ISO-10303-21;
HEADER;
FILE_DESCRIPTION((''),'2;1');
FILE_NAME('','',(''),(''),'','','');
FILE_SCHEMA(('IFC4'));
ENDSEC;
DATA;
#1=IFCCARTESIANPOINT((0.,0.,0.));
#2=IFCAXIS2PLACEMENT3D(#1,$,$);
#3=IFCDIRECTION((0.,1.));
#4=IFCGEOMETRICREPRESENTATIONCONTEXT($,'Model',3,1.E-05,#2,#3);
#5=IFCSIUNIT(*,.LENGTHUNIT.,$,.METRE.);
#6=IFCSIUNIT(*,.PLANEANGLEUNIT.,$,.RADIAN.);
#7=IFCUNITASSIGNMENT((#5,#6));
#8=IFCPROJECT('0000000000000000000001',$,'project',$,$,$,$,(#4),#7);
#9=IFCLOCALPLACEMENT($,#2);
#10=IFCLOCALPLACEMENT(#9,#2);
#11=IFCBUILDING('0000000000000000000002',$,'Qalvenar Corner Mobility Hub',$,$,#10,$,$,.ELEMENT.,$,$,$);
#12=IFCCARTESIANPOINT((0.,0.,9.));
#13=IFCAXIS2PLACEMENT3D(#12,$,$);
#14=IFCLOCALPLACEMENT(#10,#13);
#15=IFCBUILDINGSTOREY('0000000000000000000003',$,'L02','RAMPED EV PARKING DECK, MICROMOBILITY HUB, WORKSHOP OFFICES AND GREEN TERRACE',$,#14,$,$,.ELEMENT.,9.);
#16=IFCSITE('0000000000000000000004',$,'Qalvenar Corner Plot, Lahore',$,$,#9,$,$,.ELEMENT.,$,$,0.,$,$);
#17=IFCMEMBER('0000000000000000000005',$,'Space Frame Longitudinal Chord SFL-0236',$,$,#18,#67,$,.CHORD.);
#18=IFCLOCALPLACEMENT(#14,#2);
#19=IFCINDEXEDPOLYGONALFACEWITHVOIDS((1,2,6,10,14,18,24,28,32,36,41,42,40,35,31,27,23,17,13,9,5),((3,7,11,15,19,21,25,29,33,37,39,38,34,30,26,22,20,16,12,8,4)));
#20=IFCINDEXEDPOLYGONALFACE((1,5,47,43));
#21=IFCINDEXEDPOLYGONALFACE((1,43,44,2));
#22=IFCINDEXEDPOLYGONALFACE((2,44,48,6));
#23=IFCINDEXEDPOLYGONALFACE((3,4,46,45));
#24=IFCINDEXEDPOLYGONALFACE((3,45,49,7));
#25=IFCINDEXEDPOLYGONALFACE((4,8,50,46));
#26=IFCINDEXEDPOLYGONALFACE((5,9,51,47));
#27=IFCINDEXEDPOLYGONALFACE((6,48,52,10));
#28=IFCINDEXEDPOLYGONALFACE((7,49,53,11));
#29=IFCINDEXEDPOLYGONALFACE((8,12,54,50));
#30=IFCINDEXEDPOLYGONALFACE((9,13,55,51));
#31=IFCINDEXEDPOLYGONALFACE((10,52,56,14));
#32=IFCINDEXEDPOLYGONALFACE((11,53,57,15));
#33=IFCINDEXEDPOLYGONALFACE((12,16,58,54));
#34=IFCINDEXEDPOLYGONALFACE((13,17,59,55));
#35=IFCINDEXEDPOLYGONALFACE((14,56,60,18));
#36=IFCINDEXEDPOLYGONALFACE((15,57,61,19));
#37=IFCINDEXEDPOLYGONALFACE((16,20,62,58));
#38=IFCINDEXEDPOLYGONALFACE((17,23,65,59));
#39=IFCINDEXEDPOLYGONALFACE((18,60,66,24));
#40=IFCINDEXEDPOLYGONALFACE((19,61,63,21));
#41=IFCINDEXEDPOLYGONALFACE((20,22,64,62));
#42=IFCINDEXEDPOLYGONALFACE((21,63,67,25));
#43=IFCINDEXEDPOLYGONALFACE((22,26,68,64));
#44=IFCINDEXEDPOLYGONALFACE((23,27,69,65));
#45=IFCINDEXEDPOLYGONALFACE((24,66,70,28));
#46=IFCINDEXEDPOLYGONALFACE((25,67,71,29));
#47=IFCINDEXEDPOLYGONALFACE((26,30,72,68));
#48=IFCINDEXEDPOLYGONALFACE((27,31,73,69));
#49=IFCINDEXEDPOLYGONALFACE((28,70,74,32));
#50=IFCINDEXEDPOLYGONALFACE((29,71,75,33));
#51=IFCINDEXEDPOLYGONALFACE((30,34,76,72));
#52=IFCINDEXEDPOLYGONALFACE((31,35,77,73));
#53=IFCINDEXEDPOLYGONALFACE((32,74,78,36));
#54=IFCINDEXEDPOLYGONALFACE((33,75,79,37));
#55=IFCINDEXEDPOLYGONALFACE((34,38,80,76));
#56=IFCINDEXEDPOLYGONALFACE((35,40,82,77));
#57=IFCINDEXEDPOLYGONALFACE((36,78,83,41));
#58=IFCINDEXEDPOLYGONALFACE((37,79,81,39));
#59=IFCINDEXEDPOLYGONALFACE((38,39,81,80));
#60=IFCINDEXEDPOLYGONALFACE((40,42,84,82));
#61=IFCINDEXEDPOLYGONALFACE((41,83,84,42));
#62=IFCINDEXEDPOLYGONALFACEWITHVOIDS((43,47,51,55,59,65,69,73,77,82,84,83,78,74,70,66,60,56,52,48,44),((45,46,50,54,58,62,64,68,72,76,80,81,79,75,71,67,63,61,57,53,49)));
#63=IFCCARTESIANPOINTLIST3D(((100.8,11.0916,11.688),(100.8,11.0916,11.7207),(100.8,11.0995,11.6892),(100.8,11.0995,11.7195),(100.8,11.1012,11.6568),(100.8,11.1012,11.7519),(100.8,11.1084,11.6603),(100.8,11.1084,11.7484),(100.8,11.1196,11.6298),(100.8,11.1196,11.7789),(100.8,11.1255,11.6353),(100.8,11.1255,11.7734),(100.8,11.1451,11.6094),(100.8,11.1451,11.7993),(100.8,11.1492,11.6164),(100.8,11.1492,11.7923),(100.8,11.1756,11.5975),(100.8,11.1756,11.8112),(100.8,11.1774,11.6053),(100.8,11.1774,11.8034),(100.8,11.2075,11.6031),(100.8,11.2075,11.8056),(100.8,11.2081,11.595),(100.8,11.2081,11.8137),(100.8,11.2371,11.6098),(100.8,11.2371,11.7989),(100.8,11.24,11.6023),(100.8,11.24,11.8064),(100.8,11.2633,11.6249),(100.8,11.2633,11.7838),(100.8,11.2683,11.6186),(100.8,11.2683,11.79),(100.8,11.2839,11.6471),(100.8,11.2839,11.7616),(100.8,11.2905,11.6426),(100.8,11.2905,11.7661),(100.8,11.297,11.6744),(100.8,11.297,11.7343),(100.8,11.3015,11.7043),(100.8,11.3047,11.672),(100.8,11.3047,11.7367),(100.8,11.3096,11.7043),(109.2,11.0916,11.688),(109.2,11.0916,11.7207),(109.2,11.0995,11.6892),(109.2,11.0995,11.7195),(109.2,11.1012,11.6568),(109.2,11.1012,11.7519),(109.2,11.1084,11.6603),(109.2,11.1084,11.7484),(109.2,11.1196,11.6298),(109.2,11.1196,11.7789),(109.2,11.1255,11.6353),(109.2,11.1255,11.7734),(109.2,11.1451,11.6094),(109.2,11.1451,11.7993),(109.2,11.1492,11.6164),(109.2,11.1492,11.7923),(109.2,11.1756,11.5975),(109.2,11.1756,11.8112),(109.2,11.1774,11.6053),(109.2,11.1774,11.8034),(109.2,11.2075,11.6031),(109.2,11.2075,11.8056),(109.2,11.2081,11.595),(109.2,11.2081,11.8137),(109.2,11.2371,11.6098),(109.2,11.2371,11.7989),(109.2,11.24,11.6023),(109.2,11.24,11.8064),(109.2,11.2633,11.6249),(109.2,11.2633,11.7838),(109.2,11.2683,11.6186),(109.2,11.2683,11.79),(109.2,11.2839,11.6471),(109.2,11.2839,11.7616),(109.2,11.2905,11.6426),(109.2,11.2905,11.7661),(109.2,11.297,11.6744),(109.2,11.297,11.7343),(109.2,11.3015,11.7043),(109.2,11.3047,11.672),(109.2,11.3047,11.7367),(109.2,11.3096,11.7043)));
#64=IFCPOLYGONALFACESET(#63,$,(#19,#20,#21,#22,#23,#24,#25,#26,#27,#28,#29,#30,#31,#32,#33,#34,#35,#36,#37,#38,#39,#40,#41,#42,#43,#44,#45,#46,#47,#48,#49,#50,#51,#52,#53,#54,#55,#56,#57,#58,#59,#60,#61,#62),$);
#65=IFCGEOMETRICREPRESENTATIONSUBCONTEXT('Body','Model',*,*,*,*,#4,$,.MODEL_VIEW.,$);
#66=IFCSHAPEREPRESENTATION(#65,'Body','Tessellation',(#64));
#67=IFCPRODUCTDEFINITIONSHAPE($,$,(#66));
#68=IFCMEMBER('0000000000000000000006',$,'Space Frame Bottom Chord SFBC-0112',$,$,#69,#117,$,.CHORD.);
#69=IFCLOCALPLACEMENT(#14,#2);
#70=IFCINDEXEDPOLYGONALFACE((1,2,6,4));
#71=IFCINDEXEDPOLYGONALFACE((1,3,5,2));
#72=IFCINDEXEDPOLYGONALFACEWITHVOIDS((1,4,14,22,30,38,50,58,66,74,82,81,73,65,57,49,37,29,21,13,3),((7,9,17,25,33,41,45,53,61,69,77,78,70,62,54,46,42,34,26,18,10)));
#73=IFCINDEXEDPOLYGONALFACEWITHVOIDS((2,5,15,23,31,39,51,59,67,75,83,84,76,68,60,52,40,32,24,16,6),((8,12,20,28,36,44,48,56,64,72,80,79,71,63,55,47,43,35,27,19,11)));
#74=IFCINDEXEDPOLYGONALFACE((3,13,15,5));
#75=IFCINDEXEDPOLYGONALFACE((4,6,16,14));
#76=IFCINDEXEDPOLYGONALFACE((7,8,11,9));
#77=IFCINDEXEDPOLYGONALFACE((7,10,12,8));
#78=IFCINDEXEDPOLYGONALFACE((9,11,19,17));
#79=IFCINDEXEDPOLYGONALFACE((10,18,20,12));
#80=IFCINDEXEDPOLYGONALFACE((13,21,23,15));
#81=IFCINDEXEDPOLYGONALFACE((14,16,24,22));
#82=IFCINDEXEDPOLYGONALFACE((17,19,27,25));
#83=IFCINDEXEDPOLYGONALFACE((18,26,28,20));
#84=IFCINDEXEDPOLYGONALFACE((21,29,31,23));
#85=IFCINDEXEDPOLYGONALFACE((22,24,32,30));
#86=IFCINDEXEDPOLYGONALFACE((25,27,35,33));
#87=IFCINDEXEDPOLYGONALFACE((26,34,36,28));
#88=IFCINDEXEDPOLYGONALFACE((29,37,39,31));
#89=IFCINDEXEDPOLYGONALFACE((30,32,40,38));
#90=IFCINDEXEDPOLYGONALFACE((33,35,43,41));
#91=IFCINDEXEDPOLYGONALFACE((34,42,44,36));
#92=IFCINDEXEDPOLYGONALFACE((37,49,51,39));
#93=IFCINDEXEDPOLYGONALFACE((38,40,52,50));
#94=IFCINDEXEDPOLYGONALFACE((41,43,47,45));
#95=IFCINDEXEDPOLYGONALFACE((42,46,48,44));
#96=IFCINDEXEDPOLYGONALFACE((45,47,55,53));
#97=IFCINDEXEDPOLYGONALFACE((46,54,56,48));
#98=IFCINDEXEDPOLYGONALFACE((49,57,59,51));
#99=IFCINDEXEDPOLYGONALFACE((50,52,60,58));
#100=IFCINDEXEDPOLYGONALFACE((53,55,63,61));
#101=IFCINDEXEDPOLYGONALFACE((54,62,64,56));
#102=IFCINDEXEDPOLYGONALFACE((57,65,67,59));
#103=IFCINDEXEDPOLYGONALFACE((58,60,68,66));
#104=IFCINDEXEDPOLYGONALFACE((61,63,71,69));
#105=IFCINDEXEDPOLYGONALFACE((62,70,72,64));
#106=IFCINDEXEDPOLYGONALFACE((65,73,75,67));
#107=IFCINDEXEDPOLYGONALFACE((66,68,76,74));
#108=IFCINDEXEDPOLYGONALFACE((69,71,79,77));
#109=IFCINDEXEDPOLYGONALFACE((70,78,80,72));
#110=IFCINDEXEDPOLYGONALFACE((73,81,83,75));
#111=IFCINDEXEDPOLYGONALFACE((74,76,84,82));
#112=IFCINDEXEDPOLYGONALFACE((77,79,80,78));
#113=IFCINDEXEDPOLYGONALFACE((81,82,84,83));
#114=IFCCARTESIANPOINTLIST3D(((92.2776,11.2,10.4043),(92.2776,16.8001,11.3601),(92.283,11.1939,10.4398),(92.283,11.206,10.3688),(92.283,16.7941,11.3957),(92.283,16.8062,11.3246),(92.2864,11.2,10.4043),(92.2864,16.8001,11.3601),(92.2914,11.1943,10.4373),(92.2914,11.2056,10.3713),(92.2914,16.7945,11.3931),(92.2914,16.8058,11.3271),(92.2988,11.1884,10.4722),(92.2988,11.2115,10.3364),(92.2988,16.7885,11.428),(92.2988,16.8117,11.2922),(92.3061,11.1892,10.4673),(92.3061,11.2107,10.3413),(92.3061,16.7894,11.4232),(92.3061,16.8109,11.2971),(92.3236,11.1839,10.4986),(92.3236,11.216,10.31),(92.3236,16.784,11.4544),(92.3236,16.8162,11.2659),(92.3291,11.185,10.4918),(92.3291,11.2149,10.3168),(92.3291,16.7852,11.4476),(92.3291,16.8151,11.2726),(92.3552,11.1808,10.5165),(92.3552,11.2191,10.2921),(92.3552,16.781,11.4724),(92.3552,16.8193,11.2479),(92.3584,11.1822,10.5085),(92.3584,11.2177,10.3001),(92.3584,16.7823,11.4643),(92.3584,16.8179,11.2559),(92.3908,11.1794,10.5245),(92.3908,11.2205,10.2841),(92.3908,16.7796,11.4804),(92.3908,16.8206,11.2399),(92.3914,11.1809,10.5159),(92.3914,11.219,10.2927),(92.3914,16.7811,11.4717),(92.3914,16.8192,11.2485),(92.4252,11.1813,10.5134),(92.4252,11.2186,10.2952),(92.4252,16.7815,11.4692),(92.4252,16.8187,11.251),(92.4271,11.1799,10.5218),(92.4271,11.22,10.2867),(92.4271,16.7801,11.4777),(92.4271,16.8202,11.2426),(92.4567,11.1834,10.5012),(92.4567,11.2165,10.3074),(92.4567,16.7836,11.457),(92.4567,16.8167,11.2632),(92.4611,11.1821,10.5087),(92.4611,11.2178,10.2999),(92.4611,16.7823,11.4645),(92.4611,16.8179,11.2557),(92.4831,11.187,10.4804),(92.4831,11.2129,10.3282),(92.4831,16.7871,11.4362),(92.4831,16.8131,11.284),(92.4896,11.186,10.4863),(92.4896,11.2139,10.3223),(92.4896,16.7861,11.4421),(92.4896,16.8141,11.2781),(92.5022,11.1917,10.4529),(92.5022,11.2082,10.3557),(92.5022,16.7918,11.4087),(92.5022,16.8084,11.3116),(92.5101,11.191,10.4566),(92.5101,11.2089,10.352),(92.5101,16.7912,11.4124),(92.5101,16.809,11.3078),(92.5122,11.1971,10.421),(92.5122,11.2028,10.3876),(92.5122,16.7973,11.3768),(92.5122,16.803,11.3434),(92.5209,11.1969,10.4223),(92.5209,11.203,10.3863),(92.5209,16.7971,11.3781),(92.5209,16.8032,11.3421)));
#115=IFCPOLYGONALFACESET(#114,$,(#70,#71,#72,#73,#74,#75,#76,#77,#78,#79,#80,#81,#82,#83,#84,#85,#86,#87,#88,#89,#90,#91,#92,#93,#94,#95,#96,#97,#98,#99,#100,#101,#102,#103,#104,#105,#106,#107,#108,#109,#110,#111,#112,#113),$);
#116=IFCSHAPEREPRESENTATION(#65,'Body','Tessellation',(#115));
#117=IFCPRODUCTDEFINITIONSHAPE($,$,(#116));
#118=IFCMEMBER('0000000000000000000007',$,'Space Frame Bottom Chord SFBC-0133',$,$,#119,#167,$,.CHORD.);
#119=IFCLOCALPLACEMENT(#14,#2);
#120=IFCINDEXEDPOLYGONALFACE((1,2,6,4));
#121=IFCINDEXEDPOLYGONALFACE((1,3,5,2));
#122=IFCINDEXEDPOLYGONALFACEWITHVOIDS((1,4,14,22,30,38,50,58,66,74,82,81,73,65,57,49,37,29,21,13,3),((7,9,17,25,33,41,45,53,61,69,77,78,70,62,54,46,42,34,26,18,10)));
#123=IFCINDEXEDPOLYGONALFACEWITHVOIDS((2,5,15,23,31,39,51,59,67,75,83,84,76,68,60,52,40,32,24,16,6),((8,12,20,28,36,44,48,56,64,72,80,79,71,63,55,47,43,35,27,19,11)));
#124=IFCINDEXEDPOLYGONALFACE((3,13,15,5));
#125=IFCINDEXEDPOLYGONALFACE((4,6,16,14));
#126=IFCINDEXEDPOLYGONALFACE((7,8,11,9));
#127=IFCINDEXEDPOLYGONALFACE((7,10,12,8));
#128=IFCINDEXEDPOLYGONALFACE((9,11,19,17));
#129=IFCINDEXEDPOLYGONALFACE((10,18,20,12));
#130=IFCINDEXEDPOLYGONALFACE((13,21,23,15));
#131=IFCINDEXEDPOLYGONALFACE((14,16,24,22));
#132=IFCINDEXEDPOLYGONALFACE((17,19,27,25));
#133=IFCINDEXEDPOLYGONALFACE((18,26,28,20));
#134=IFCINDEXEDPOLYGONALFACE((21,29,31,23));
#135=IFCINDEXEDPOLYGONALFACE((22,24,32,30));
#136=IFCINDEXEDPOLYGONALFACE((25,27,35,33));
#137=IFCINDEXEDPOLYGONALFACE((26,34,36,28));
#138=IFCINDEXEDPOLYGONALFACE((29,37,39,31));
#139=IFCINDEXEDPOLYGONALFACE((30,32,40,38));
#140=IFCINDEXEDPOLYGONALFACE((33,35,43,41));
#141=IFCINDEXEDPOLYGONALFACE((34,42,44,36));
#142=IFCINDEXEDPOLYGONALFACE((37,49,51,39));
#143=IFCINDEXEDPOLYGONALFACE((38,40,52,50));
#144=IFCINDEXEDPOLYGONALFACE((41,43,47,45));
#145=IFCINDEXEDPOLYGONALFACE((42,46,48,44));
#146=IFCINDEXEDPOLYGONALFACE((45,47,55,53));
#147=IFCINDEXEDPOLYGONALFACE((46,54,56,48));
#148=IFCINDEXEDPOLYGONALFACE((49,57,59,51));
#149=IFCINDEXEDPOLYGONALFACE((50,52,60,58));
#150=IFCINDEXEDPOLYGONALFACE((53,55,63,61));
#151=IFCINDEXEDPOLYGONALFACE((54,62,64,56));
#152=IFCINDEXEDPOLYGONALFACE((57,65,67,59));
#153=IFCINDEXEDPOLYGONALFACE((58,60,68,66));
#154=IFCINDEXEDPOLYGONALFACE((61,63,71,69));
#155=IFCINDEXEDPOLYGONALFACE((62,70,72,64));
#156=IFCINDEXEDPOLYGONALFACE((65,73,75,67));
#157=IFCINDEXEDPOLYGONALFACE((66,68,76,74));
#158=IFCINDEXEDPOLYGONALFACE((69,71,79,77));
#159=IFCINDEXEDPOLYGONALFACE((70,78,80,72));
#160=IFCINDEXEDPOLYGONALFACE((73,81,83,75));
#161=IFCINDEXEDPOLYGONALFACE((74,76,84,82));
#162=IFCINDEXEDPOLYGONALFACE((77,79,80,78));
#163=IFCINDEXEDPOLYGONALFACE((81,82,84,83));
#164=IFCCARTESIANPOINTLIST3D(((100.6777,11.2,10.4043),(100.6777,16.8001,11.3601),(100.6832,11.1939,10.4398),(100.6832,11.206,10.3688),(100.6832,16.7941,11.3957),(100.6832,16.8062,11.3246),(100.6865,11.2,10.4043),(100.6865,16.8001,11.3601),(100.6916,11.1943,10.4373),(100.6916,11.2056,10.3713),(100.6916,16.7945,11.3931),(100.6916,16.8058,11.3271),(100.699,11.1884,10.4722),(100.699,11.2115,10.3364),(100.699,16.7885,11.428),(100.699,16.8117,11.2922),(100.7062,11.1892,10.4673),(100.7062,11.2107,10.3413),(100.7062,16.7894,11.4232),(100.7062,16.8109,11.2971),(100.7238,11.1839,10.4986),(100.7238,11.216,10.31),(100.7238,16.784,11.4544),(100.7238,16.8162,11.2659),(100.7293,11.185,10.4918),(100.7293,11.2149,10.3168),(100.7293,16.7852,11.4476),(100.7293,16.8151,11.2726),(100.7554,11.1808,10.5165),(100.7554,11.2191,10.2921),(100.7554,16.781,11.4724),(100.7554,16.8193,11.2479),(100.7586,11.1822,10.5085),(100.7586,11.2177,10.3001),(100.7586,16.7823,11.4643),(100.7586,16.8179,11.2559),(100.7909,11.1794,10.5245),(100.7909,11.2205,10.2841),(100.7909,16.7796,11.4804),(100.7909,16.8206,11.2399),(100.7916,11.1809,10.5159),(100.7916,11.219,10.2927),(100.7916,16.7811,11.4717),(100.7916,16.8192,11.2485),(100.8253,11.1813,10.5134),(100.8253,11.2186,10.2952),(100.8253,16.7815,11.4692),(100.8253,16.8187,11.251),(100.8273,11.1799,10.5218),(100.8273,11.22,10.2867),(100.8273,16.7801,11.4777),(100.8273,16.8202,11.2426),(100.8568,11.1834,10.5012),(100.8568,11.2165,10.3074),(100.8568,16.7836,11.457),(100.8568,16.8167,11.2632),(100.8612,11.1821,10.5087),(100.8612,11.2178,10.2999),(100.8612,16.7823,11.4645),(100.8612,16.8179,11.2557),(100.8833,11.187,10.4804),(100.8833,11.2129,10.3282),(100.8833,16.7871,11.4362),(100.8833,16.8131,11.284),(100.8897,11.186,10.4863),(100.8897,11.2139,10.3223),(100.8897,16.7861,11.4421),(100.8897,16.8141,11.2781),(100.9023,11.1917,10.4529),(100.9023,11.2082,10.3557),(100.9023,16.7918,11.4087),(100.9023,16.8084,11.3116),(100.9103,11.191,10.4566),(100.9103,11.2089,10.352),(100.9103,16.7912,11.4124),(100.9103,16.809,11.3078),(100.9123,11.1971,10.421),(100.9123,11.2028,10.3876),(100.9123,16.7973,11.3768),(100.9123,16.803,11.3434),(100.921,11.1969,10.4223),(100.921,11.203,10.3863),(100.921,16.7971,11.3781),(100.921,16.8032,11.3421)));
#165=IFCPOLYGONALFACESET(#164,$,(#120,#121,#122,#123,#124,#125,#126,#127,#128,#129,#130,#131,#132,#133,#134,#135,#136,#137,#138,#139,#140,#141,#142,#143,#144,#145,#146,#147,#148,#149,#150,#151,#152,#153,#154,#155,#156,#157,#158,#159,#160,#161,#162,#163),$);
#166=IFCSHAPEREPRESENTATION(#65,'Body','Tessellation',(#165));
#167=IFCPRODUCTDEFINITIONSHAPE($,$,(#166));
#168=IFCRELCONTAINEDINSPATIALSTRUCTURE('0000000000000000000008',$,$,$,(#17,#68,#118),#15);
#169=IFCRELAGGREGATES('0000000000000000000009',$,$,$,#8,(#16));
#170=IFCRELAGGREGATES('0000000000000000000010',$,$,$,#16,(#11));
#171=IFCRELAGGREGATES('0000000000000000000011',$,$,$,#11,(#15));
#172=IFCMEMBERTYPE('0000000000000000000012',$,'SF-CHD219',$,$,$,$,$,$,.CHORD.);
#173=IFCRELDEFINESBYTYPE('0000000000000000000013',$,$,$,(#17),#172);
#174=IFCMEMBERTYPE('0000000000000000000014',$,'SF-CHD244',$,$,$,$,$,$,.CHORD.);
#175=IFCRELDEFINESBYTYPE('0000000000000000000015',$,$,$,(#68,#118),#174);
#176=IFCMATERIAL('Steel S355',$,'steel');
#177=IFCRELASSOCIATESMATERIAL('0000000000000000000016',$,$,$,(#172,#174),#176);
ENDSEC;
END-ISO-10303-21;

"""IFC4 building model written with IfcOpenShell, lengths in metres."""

from ifc_helpers import new_model, si_unit, direction, frame, origin, origin_2d, place, context, subcontext, project, spatial, hollow_circle, extrude, material, material_profile, profile_set, type_object, element, save


model = new_model("IFC4")

# Units and contexts
model_context = context("Model", 3, precision=1e-05, world=origin(), true_north=direction((0.0, 1.0)))
body_context = subcontext(model_context, "Body", "Model", "MODEL_VIEW")
ifc_project = project(units=[si_unit("LENGTHUNIT", "METRE"), si_unit("PLANEANGLEUNIT", "RADIAN")], contexts=[model_context])

# Site, building, storey
site_placement = place(None, origin())
site = spatial("IfcSite", under=ifc_project, at=site_placement, Name="Qalvenar Corner Plot, Lahore", CompositionType="ELEMENT", RefElevation=0.0)
building_placement = place(site_placement, origin())
building = spatial("IfcBuilding", under=site, at=building_placement, Name="Qalvenar Corner Mobility Hub", CompositionType="ELEMENT")
storey_placement = place(building_placement, frame((0.0, 0.0, 9.0)))
storey = spatial("IfcBuildingStorey", under=building, at=storey_placement, Name="L02", Description="RAMPED EV PARKING DECK, MICROMOBILITY HUB, WORKSHOP OFFICES AND GREEN TERRACE", CompositionType="ELEMENT", Elevation=9.0)

# Members
ifc_material_1 = material(Name="Steel S355", Category="steel")
ifc_material_profile_1 = material_profile(ifc_material_1, hollow_circle(Radius=0.1096, WallThickness=0.0081, at=origin_2d()), Name="CHS219.1x8")
ifc_profile_set_1 = profile_set([ifc_material_profile_1], Name="Steel S355")
member_type_1 = type_object("IfcMemberType", Name="SF-CHD219", PredefinedType="CHORD", material=ifc_profile_set_1)
for number, where, z_axis, x_axis, name in (
    (1, (100.8, 11.2, 11.7043), (1.0, 0.0, 0.0), (0.0, 1.0, 0.0), "Space Frame Longitudinal Chord SFL-0236"),
):
    element("IfcMember", number, at=place(storey_placement, frame(where, z_axis=z_axis, x_axis=x_axis)), inside=storey, type_object=member_type_1, Name=name, PredefinedType="CHORD", context=body_context, shape_type="SweptSolid", body=[
        extrude(hollow_circle(Radius=0.1096, WallThickness=0.0081, at=origin_2d()), origin(), (0.0, 0.0, 1.0), 8.3999),
    ])
ifc_material_profile_2 = material_profile(ifc_material_1, hollow_circle(Radius=0.1223, WallThickness=0.0088, at=origin_2d()), Name="CHS244.5x8.8")
ifc_profile_set_2 = profile_set([ifc_material_profile_2], Name="Steel S355")
member_type_2 = type_object("IfcMemberType", Name="SF-CHD244", PredefinedType="CHORD", material=ifc_profile_set_2)
for number, where, z_axis, x_axis, name in (
    (2, (92.3999, 11.2, 10.4043), (0.0, 0.985745, 0.168245), (-1.0, 0.0, 0.0), "Space Frame Bottom Chord SFBC-0112"),
    (3, (100.8, 11.2, 10.4043), (0.0, 0.985745, 0.168245), (-1.0, 0.0, 0.0), "Space Frame Bottom Chord SFBC-0133"),
):
    element("IfcMember", number, at=place(storey_placement, frame(where, z_axis=z_axis, x_axis=x_axis)), inside=storey, type_object=member_type_2, Name=name, PredefinedType="CHORD", context=body_context, shape_type="SweptSolid", body=[
        extrude(hollow_circle(Radius=0.1223, WallThickness=0.0088, at=origin_2d()), origin(), (0.0, 0.0, 1.0), 5.6812),
    ])

save(model, "model.ifc")
